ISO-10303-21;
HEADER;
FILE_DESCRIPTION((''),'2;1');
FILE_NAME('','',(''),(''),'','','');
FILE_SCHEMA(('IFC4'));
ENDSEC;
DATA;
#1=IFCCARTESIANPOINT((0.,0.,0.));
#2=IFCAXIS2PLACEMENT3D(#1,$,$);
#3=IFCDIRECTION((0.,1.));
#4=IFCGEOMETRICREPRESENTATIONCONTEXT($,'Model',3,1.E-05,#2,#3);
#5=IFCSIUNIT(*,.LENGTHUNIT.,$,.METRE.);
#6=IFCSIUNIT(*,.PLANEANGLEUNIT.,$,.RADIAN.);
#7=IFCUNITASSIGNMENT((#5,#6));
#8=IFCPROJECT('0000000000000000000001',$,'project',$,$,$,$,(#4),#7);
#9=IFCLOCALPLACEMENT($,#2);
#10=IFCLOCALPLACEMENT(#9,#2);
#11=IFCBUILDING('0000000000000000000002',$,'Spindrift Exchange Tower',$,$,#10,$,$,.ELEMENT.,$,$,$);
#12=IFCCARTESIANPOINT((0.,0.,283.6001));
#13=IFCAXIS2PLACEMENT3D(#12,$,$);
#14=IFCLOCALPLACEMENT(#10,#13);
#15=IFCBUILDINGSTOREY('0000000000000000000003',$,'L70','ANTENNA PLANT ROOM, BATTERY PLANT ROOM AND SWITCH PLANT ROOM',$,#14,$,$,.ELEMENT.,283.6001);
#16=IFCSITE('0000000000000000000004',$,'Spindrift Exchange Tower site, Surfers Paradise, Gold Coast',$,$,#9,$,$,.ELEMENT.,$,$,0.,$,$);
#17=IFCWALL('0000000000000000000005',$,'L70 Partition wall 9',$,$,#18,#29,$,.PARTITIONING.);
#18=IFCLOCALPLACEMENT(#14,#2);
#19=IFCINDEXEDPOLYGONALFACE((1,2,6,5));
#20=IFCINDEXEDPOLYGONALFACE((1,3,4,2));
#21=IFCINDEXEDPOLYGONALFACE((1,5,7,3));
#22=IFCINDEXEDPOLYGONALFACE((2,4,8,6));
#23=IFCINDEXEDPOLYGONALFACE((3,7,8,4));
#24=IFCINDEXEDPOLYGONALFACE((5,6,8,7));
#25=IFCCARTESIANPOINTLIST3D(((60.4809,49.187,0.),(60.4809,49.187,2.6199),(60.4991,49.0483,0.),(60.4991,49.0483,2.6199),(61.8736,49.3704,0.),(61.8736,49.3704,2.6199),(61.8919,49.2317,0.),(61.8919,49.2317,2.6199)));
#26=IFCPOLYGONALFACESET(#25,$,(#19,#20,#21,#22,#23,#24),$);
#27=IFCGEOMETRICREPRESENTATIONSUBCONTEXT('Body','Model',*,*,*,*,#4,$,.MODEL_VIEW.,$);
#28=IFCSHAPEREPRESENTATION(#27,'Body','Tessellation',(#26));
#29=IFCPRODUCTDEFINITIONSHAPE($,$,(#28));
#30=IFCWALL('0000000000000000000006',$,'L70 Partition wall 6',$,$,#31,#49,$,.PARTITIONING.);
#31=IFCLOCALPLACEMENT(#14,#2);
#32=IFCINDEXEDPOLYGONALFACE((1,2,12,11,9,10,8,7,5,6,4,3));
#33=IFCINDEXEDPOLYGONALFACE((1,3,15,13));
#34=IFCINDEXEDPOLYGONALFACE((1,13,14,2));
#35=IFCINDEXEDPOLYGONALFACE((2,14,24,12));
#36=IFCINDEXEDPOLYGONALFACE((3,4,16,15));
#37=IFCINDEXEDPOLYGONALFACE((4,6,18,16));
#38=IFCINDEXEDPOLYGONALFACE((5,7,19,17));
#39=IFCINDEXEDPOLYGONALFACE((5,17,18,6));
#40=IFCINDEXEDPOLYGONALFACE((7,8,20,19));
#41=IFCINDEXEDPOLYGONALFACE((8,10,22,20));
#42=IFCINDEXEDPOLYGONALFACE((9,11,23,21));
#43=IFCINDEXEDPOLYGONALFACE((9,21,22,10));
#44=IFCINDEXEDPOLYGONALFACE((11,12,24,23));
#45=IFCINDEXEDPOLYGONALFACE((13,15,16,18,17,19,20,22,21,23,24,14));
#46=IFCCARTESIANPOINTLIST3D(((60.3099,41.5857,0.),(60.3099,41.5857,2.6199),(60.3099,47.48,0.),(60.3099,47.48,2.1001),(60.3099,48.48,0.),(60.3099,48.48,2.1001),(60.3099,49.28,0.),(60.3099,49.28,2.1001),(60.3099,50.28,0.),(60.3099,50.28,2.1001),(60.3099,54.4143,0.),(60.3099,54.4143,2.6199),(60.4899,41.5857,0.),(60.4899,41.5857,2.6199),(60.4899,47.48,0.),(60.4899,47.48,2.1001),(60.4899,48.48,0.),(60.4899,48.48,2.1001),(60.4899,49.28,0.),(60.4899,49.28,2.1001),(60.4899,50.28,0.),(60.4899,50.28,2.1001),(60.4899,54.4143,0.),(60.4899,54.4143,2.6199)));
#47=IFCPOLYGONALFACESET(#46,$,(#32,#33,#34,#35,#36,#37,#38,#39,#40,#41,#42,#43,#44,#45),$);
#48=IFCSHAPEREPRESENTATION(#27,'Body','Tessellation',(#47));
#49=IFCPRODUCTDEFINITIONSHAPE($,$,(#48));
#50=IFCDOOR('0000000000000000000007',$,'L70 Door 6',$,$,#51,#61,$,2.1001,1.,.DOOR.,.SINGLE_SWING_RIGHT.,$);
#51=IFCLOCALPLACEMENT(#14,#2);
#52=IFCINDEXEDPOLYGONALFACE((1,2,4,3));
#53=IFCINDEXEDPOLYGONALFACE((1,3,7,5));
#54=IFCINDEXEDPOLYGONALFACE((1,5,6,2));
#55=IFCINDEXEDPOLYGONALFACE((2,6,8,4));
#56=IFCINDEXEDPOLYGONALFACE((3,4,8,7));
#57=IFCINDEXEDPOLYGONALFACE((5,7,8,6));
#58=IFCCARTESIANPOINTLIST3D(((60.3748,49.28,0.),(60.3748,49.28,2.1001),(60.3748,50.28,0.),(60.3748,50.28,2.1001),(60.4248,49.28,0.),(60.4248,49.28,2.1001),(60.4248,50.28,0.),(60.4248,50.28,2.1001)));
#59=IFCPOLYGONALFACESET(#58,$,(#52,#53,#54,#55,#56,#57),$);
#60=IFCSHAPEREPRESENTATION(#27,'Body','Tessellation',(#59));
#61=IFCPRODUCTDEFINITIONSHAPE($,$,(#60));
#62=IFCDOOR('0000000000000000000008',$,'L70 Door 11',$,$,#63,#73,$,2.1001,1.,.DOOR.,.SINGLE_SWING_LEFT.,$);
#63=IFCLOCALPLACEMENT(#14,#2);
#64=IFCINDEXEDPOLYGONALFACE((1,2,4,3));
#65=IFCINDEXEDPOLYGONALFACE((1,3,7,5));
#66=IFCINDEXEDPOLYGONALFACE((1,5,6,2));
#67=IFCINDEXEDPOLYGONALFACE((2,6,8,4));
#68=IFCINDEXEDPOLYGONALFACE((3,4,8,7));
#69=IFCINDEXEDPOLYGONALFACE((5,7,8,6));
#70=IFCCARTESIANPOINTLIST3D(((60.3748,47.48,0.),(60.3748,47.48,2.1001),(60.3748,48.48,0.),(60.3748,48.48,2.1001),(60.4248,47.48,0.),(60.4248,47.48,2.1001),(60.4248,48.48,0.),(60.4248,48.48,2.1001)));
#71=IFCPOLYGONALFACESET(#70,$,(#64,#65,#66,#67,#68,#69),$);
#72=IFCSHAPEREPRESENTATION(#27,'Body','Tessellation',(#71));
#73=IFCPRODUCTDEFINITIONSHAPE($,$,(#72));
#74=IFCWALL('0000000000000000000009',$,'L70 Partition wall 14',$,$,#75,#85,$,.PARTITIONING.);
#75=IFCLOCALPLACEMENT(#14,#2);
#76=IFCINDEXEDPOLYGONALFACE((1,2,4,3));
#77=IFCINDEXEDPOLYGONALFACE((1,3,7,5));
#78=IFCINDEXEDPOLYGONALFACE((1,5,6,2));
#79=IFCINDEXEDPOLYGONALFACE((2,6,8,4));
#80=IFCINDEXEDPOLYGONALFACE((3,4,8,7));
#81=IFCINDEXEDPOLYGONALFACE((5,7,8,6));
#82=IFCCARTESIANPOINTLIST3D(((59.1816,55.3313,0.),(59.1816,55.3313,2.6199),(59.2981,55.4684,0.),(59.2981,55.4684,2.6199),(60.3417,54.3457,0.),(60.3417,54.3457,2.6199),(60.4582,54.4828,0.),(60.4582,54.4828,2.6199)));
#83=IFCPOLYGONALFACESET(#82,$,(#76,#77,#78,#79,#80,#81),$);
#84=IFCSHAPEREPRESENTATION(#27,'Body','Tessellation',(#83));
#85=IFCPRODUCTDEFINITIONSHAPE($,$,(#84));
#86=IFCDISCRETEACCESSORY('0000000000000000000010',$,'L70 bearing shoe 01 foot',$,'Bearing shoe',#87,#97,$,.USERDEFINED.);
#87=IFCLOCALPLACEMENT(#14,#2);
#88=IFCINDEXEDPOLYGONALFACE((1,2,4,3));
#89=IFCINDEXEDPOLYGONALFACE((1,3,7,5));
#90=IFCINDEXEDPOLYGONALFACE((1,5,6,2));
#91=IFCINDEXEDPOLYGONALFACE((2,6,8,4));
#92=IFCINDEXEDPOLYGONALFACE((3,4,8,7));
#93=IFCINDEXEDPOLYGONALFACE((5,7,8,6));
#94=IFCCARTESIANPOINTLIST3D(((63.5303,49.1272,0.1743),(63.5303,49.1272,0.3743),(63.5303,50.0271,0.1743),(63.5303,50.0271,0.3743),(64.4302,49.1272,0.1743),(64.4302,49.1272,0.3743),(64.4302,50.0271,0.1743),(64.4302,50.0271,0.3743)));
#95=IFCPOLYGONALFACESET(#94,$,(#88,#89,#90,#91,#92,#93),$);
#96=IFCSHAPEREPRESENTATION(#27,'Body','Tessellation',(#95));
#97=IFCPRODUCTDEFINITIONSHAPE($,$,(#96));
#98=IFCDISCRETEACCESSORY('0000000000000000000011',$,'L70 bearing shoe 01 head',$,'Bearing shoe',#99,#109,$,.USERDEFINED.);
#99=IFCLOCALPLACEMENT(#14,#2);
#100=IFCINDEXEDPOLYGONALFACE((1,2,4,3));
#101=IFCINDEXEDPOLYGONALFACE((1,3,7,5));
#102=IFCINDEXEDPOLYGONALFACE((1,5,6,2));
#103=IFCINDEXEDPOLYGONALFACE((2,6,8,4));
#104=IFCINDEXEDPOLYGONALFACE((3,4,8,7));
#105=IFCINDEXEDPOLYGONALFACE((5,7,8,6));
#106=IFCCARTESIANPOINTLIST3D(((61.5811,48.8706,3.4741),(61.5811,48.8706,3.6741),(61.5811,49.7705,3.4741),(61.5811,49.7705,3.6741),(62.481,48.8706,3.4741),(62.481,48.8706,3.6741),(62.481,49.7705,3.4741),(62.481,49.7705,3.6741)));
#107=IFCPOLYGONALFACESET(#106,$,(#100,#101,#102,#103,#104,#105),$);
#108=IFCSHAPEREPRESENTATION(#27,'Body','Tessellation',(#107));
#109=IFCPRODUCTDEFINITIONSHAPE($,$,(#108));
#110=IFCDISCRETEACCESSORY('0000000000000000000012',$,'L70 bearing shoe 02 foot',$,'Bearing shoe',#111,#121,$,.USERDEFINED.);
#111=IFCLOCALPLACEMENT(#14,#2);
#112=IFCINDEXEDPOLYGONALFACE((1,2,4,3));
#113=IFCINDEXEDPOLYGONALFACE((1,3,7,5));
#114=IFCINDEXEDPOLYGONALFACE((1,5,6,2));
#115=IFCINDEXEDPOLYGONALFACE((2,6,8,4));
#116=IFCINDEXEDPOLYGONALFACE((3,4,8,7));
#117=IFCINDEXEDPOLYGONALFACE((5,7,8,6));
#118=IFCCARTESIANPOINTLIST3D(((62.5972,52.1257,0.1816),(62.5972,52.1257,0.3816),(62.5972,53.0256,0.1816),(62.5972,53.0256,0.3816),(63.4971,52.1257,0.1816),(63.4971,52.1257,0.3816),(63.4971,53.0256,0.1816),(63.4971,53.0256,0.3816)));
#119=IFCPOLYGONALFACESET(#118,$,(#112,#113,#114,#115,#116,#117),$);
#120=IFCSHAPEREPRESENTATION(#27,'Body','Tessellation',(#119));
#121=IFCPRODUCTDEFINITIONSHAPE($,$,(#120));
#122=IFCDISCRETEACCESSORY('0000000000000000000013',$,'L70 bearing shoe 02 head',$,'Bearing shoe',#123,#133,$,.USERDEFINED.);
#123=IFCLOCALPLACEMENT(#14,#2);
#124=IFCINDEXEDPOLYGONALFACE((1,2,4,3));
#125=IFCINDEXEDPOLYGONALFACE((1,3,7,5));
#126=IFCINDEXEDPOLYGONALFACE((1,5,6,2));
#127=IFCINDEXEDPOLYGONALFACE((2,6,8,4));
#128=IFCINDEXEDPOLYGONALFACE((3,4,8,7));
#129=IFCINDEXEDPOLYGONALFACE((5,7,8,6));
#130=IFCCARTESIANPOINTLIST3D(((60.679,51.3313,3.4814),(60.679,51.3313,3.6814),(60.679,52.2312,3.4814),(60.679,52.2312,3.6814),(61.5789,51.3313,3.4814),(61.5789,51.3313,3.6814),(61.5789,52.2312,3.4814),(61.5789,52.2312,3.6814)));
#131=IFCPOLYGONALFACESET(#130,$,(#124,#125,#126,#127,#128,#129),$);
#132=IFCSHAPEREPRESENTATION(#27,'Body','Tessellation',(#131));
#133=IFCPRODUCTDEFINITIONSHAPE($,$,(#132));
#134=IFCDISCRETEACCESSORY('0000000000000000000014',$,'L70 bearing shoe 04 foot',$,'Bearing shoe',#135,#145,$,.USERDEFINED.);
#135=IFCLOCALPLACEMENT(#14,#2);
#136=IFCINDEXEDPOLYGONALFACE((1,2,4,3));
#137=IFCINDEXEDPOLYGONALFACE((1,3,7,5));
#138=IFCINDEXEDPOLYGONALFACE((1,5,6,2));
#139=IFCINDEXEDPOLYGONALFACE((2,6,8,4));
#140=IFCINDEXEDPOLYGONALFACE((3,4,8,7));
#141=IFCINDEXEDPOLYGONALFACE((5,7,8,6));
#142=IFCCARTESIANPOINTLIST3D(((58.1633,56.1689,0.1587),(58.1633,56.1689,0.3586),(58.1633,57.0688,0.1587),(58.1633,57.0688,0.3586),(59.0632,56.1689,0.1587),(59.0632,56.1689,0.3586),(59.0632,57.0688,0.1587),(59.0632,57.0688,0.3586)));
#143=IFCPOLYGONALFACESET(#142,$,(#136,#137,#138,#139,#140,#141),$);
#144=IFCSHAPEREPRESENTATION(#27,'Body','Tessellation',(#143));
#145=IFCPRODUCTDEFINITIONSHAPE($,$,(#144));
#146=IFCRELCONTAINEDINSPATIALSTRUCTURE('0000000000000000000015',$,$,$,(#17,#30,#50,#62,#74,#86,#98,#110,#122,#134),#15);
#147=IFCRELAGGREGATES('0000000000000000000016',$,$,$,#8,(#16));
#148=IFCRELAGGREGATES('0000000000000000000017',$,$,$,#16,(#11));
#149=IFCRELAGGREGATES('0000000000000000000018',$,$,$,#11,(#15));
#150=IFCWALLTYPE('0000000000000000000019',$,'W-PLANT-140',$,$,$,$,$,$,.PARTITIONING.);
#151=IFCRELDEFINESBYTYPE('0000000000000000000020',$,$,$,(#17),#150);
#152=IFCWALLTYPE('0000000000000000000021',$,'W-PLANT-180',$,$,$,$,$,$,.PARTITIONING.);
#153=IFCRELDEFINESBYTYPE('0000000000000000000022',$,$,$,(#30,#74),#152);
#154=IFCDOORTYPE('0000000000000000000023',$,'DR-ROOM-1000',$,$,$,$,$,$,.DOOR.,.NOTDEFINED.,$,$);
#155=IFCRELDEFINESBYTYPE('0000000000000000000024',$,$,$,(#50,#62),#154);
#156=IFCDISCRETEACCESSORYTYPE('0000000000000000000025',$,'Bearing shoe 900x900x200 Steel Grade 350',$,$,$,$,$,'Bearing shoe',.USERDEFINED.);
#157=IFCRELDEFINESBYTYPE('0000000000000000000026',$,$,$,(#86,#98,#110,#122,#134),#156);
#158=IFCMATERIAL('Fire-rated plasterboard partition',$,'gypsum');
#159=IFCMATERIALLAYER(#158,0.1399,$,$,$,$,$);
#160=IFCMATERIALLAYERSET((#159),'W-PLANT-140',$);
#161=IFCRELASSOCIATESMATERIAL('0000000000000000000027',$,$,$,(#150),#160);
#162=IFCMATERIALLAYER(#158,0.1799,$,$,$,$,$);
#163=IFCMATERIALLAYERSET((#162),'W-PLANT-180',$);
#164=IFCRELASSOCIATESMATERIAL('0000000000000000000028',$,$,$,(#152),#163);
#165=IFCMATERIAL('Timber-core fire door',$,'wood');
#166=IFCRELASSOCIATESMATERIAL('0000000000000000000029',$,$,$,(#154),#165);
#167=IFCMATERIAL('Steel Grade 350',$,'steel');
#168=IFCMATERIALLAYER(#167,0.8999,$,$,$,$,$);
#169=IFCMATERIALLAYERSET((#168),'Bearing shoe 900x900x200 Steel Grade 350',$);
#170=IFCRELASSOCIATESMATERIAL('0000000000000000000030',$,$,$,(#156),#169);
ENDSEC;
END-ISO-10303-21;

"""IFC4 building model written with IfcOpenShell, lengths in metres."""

from ifc_helpers import new_model, si_unit, direction, frame, frame_2d, origin, origin_2d, place, context, subcontext, project, spatial, rectangle, extrude, source, transform, mapped, material, layer, layer_set, type_object, element, fill, save


model = new_model("IFC4")

# Units and contexts
model_context = context("Model", 3, precision=1e-05, world=origin(), true_north=direction((0.0, 1.0)))
body_context = subcontext(model_context, "Body", "Model", "MODEL_VIEW")
ifc_project = project(units=[si_unit("LENGTHUNIT", "METRE"), si_unit("PLANEANGLEUNIT", "RADIAN")], contexts=[model_context])

# Site, building, storey
site_placement = place(None, origin())
site = spatial("IfcSite", under=ifc_project, at=site_placement, Name="Spindrift Exchange Tower site, Surfers Paradise, Gold Coast", CompositionType="ELEMENT", RefElevation=0.0)
building_placement = place(site_placement, origin())
building = spatial("IfcBuilding", under=site, at=building_placement, Name="Spindrift Exchange Tower", CompositionType="ELEMENT")
storey_placement = place(building_placement, frame((0.0, 0.0, 283.6001)))
storey = spatial("IfcBuildingStorey", under=building, at=storey_placement, Name="L70", Description="ANTENNA PLANT ROOM, BATTERY PLANT ROOM AND SWITCH PLANT ROOM", CompositionType="ELEMENT", Elevation=283.6001)

# Wall
ifc_material_1 = material(Name="Fire-rated plasterboard partition", Category="gypsum")
ifc_layer_1 = layer(ifc_material_1, 0.1399)
ifc_layer_set_1 = layer_set([ifc_layer_1], Name="W-PLANT-140")
wall_type_1 = type_object("IfcWallType", Name="W-PLANT-140", PredefinedType="PARTITIONING", material=ifc_layer_set_1)
wall_1_placement = place(storey_placement, frame((60.49, 49.1177, 0.0), z_axis=(0.0, 0.0, 1.0), x_axis=(0.991447, 0.130513, 0.0)))
element("IfcWall", 1, at=wall_1_placement, inside=storey, type_object=wall_type_1, Name="L70 Partition wall 9", PredefinedType="PARTITIONING", context=body_context, shape_type="SweptSolid", body=[
    extrude(rectangle(XDim=1.4048, YDim=0.1399, at=frame_2d((0.7024, 0.0))), origin(), (0.0, 0.0, 1.0), 2.6199),
])

# Wall, openings, doors
ifc_layer_2 = layer(ifc_material_1, 0.1799)
ifc_layer_set_2 = layer_set([ifc_layer_2], Name="W-PLANT-180")
wall_type_2 = type_object("IfcWallType", Name="W-PLANT-180", PredefinedType="PARTITIONING", material=ifc_layer_set_2)
wall_2_placement = place(storey_placement, frame((60.3999, 54.4143, 0.0), z_axis=(0.0, 0.0, 1.0), x_axis=(0.0, -1.0, 0.0)))
wall_2 = element("IfcWall", 2, at=wall_2_placement, inside=storey, type_object=wall_type_2, Name="L70 Partition wall 6", PredefinedType="PARTITIONING", context=body_context, shape_type="SweptSolid", body=[
    extrude(rectangle(XDim=12.8286, YDim=0.1799, at=frame_2d((6.4143, 0.0))), origin(), (0.0, 0.0, 1.0), 2.6199),
])
opening_1_placement = place(wall_2_placement, frame((4.1343, 0.0, 0.0)))
opening_1 = element("IfcOpeningElement", 3, at=opening_1_placement, cuts=wall_2, PredefinedType="OPENING", context=body_context, shape_type="SweptSolid", body=[
    extrude(rectangle(XDim=1.0, YDim=2.1001, at=frame_2d((0.5, 1.05))), frame((0.0, 0.0999, 0.0), z_axis=(0.0, -1.0, 0.0), x_axis=(1.0, 0.0, 0.0)), (0.0, 0.0, 1.0), 0.2),
])
opening_2_placement = place(wall_2_placement, frame((5.9343, 0.0, 0.0)))
opening_2 = element("IfcOpeningElement", 4, at=opening_2_placement, cuts=wall_2, PredefinedType="OPENING", context=body_context, shape_type="SweptSolid", body=[
    extrude(rectangle(XDim=1.0, YDim=2.1001, at=frame_2d((0.5, 1.05))), frame((0.0, 0.0999, 0.0), z_axis=(0.0, -1.0, 0.0), x_axis=(1.0, 0.0, 0.0)), (0.0, 0.0, 1.0), 0.2),
])
ifc_material_2 = material(Name="Timber-core fire door", Category="wood")
door_type = type_object("IfcDoorType", Name="DR-ROOM-1000", OperationType="NOTDEFINED", PredefinedType="DOOR", material=ifc_material_2)
shared_shape_1 = source(origin(), body_context, "Body", "SweptSolid", [
    extrude(rectangle(XDim=1.0, YDim=2.1001, at=frame_2d((0.5, 1.05))), frame((0.0, 0.0249, 0.0), z_axis=(0.0, -1.0, 0.0), x_axis=(1.0, 0.0, 0.0)), (0.0, 0.0, 1.0), 0.05),
])
door_1_placement = place(opening_1_placement, origin())
door_1 = element("IfcDoor", 5, at=door_1_placement, inside=storey, type_object=door_type, Name="L70 Door 6", OperationType="SINGLE_SWING_RIGHT", OverallHeight=2.1001, OverallWidth=1.0, PredefinedType="DOOR", context=body_context, shape_type="MappedRepresentation", body=[
    mapped(shared_shape_1, transform((0.0, 0.0, 0.0), scale=1.0)),
])
fill(opening_1, door_1)
door_2_placement = place(opening_2_placement, origin())
door_2 = element("IfcDoor", 6, at=door_2_placement, inside=storey, type_object=door_type, Name="L70 Door 11", OperationType="SINGLE_SWING_LEFT", OverallHeight=2.1001, OverallWidth=1.0, PredefinedType="DOOR", context=body_context, shape_type="MappedRepresentation", body=[
    mapped(shared_shape_1, transform((0.0, 0.0, 0.0), scale=1.0)),
])
fill(opening_2, door_2)

# Wall
wall_3_placement = place(storey_placement, frame((59.2397, 55.3999, 0.0), z_axis=(0.0, 0.0, 1.0), x_axis=(0.762113, -0.647444, 0.0)))
element("IfcWall", 7, at=wall_3_placement, inside=storey, type_object=wall_type_2, Name="L70 Partition wall 14", PredefinedType="PARTITIONING", context=body_context, shape_type="SweptSolid", body=[
    extrude(rectangle(XDim=1.5222, YDim=0.1799, at=frame_2d((0.7612, 0.0))), origin(), (0.0, 0.0, 1.0), 2.6199),
])

# Discrete accessories
ifc_material_3 = material(Name="Steel Grade 350", Category="steel")
ifc_layer_3 = layer(ifc_material_3, 0.8999)
ifc_layer_set_3 = layer_set([ifc_layer_3], Name="Bearing shoe 900x900x200 Steel Grade 350")
discrete_accessory_type = type_object("IfcDiscreteAccessoryType", Name="Bearing shoe 900x900x200 Steel Grade 350", ElementType="Bearing shoe", PredefinedType="USERDEFINED", material=ifc_layer_set_3)
shared_shape_2 = source(origin(), body_context, "Body", "SweptSolid", [
    extrude(rectangle(XDim=0.8999, YDim=0.8999, at=origin_2d()), origin(), (0.0, 0.0, 1.0), 0.2),
])
for number, where, z_axis, x_axis, name in (
    (8, (63.9802, 49.5771, 0.1743), (0.0, 0.0, 1.0), (1.0, 0.0, 0.0), "L70 bearing shoe 01 foot"),
    (9, (62.031, 49.3206, 3.4741), (0.0, 0.0, 1.0), (1.0, 0.0, 0.0), "L70 bearing shoe 01 head"),
    (10, (63.0471, 52.5757, 0.1816), (0.0, 0.0, 1.0), (1.0, 0.0, 0.0), "L70 bearing shoe 02 foot"),
    (11, (61.1289, 51.7812, 3.4814), (0.0, 0.0, 1.0), (1.0, 0.0, 0.0), "L70 bearing shoe 02 head"),
    (12, (58.6133, 56.6189, 0.1587), (0.0, 0.0, 1.0), (1.0, 0.0, 0.0), "L70 bearing shoe 04 foot"),
):
    element("IfcDiscreteAccessory", number, at=place(storey_placement, frame(where, z_axis=z_axis, x_axis=x_axis)), inside=storey, type_object=discrete_accessory_type, Name=name, ObjectType="Bearing shoe", PredefinedType="USERDEFINED", context=body_context, shape_type="MappedRepresentation", body=[
        mapped(shared_shape_2, transform((0.0, 0.0, 0.0), scale=1.0)),
    ])

save(model, "model.ifc")
